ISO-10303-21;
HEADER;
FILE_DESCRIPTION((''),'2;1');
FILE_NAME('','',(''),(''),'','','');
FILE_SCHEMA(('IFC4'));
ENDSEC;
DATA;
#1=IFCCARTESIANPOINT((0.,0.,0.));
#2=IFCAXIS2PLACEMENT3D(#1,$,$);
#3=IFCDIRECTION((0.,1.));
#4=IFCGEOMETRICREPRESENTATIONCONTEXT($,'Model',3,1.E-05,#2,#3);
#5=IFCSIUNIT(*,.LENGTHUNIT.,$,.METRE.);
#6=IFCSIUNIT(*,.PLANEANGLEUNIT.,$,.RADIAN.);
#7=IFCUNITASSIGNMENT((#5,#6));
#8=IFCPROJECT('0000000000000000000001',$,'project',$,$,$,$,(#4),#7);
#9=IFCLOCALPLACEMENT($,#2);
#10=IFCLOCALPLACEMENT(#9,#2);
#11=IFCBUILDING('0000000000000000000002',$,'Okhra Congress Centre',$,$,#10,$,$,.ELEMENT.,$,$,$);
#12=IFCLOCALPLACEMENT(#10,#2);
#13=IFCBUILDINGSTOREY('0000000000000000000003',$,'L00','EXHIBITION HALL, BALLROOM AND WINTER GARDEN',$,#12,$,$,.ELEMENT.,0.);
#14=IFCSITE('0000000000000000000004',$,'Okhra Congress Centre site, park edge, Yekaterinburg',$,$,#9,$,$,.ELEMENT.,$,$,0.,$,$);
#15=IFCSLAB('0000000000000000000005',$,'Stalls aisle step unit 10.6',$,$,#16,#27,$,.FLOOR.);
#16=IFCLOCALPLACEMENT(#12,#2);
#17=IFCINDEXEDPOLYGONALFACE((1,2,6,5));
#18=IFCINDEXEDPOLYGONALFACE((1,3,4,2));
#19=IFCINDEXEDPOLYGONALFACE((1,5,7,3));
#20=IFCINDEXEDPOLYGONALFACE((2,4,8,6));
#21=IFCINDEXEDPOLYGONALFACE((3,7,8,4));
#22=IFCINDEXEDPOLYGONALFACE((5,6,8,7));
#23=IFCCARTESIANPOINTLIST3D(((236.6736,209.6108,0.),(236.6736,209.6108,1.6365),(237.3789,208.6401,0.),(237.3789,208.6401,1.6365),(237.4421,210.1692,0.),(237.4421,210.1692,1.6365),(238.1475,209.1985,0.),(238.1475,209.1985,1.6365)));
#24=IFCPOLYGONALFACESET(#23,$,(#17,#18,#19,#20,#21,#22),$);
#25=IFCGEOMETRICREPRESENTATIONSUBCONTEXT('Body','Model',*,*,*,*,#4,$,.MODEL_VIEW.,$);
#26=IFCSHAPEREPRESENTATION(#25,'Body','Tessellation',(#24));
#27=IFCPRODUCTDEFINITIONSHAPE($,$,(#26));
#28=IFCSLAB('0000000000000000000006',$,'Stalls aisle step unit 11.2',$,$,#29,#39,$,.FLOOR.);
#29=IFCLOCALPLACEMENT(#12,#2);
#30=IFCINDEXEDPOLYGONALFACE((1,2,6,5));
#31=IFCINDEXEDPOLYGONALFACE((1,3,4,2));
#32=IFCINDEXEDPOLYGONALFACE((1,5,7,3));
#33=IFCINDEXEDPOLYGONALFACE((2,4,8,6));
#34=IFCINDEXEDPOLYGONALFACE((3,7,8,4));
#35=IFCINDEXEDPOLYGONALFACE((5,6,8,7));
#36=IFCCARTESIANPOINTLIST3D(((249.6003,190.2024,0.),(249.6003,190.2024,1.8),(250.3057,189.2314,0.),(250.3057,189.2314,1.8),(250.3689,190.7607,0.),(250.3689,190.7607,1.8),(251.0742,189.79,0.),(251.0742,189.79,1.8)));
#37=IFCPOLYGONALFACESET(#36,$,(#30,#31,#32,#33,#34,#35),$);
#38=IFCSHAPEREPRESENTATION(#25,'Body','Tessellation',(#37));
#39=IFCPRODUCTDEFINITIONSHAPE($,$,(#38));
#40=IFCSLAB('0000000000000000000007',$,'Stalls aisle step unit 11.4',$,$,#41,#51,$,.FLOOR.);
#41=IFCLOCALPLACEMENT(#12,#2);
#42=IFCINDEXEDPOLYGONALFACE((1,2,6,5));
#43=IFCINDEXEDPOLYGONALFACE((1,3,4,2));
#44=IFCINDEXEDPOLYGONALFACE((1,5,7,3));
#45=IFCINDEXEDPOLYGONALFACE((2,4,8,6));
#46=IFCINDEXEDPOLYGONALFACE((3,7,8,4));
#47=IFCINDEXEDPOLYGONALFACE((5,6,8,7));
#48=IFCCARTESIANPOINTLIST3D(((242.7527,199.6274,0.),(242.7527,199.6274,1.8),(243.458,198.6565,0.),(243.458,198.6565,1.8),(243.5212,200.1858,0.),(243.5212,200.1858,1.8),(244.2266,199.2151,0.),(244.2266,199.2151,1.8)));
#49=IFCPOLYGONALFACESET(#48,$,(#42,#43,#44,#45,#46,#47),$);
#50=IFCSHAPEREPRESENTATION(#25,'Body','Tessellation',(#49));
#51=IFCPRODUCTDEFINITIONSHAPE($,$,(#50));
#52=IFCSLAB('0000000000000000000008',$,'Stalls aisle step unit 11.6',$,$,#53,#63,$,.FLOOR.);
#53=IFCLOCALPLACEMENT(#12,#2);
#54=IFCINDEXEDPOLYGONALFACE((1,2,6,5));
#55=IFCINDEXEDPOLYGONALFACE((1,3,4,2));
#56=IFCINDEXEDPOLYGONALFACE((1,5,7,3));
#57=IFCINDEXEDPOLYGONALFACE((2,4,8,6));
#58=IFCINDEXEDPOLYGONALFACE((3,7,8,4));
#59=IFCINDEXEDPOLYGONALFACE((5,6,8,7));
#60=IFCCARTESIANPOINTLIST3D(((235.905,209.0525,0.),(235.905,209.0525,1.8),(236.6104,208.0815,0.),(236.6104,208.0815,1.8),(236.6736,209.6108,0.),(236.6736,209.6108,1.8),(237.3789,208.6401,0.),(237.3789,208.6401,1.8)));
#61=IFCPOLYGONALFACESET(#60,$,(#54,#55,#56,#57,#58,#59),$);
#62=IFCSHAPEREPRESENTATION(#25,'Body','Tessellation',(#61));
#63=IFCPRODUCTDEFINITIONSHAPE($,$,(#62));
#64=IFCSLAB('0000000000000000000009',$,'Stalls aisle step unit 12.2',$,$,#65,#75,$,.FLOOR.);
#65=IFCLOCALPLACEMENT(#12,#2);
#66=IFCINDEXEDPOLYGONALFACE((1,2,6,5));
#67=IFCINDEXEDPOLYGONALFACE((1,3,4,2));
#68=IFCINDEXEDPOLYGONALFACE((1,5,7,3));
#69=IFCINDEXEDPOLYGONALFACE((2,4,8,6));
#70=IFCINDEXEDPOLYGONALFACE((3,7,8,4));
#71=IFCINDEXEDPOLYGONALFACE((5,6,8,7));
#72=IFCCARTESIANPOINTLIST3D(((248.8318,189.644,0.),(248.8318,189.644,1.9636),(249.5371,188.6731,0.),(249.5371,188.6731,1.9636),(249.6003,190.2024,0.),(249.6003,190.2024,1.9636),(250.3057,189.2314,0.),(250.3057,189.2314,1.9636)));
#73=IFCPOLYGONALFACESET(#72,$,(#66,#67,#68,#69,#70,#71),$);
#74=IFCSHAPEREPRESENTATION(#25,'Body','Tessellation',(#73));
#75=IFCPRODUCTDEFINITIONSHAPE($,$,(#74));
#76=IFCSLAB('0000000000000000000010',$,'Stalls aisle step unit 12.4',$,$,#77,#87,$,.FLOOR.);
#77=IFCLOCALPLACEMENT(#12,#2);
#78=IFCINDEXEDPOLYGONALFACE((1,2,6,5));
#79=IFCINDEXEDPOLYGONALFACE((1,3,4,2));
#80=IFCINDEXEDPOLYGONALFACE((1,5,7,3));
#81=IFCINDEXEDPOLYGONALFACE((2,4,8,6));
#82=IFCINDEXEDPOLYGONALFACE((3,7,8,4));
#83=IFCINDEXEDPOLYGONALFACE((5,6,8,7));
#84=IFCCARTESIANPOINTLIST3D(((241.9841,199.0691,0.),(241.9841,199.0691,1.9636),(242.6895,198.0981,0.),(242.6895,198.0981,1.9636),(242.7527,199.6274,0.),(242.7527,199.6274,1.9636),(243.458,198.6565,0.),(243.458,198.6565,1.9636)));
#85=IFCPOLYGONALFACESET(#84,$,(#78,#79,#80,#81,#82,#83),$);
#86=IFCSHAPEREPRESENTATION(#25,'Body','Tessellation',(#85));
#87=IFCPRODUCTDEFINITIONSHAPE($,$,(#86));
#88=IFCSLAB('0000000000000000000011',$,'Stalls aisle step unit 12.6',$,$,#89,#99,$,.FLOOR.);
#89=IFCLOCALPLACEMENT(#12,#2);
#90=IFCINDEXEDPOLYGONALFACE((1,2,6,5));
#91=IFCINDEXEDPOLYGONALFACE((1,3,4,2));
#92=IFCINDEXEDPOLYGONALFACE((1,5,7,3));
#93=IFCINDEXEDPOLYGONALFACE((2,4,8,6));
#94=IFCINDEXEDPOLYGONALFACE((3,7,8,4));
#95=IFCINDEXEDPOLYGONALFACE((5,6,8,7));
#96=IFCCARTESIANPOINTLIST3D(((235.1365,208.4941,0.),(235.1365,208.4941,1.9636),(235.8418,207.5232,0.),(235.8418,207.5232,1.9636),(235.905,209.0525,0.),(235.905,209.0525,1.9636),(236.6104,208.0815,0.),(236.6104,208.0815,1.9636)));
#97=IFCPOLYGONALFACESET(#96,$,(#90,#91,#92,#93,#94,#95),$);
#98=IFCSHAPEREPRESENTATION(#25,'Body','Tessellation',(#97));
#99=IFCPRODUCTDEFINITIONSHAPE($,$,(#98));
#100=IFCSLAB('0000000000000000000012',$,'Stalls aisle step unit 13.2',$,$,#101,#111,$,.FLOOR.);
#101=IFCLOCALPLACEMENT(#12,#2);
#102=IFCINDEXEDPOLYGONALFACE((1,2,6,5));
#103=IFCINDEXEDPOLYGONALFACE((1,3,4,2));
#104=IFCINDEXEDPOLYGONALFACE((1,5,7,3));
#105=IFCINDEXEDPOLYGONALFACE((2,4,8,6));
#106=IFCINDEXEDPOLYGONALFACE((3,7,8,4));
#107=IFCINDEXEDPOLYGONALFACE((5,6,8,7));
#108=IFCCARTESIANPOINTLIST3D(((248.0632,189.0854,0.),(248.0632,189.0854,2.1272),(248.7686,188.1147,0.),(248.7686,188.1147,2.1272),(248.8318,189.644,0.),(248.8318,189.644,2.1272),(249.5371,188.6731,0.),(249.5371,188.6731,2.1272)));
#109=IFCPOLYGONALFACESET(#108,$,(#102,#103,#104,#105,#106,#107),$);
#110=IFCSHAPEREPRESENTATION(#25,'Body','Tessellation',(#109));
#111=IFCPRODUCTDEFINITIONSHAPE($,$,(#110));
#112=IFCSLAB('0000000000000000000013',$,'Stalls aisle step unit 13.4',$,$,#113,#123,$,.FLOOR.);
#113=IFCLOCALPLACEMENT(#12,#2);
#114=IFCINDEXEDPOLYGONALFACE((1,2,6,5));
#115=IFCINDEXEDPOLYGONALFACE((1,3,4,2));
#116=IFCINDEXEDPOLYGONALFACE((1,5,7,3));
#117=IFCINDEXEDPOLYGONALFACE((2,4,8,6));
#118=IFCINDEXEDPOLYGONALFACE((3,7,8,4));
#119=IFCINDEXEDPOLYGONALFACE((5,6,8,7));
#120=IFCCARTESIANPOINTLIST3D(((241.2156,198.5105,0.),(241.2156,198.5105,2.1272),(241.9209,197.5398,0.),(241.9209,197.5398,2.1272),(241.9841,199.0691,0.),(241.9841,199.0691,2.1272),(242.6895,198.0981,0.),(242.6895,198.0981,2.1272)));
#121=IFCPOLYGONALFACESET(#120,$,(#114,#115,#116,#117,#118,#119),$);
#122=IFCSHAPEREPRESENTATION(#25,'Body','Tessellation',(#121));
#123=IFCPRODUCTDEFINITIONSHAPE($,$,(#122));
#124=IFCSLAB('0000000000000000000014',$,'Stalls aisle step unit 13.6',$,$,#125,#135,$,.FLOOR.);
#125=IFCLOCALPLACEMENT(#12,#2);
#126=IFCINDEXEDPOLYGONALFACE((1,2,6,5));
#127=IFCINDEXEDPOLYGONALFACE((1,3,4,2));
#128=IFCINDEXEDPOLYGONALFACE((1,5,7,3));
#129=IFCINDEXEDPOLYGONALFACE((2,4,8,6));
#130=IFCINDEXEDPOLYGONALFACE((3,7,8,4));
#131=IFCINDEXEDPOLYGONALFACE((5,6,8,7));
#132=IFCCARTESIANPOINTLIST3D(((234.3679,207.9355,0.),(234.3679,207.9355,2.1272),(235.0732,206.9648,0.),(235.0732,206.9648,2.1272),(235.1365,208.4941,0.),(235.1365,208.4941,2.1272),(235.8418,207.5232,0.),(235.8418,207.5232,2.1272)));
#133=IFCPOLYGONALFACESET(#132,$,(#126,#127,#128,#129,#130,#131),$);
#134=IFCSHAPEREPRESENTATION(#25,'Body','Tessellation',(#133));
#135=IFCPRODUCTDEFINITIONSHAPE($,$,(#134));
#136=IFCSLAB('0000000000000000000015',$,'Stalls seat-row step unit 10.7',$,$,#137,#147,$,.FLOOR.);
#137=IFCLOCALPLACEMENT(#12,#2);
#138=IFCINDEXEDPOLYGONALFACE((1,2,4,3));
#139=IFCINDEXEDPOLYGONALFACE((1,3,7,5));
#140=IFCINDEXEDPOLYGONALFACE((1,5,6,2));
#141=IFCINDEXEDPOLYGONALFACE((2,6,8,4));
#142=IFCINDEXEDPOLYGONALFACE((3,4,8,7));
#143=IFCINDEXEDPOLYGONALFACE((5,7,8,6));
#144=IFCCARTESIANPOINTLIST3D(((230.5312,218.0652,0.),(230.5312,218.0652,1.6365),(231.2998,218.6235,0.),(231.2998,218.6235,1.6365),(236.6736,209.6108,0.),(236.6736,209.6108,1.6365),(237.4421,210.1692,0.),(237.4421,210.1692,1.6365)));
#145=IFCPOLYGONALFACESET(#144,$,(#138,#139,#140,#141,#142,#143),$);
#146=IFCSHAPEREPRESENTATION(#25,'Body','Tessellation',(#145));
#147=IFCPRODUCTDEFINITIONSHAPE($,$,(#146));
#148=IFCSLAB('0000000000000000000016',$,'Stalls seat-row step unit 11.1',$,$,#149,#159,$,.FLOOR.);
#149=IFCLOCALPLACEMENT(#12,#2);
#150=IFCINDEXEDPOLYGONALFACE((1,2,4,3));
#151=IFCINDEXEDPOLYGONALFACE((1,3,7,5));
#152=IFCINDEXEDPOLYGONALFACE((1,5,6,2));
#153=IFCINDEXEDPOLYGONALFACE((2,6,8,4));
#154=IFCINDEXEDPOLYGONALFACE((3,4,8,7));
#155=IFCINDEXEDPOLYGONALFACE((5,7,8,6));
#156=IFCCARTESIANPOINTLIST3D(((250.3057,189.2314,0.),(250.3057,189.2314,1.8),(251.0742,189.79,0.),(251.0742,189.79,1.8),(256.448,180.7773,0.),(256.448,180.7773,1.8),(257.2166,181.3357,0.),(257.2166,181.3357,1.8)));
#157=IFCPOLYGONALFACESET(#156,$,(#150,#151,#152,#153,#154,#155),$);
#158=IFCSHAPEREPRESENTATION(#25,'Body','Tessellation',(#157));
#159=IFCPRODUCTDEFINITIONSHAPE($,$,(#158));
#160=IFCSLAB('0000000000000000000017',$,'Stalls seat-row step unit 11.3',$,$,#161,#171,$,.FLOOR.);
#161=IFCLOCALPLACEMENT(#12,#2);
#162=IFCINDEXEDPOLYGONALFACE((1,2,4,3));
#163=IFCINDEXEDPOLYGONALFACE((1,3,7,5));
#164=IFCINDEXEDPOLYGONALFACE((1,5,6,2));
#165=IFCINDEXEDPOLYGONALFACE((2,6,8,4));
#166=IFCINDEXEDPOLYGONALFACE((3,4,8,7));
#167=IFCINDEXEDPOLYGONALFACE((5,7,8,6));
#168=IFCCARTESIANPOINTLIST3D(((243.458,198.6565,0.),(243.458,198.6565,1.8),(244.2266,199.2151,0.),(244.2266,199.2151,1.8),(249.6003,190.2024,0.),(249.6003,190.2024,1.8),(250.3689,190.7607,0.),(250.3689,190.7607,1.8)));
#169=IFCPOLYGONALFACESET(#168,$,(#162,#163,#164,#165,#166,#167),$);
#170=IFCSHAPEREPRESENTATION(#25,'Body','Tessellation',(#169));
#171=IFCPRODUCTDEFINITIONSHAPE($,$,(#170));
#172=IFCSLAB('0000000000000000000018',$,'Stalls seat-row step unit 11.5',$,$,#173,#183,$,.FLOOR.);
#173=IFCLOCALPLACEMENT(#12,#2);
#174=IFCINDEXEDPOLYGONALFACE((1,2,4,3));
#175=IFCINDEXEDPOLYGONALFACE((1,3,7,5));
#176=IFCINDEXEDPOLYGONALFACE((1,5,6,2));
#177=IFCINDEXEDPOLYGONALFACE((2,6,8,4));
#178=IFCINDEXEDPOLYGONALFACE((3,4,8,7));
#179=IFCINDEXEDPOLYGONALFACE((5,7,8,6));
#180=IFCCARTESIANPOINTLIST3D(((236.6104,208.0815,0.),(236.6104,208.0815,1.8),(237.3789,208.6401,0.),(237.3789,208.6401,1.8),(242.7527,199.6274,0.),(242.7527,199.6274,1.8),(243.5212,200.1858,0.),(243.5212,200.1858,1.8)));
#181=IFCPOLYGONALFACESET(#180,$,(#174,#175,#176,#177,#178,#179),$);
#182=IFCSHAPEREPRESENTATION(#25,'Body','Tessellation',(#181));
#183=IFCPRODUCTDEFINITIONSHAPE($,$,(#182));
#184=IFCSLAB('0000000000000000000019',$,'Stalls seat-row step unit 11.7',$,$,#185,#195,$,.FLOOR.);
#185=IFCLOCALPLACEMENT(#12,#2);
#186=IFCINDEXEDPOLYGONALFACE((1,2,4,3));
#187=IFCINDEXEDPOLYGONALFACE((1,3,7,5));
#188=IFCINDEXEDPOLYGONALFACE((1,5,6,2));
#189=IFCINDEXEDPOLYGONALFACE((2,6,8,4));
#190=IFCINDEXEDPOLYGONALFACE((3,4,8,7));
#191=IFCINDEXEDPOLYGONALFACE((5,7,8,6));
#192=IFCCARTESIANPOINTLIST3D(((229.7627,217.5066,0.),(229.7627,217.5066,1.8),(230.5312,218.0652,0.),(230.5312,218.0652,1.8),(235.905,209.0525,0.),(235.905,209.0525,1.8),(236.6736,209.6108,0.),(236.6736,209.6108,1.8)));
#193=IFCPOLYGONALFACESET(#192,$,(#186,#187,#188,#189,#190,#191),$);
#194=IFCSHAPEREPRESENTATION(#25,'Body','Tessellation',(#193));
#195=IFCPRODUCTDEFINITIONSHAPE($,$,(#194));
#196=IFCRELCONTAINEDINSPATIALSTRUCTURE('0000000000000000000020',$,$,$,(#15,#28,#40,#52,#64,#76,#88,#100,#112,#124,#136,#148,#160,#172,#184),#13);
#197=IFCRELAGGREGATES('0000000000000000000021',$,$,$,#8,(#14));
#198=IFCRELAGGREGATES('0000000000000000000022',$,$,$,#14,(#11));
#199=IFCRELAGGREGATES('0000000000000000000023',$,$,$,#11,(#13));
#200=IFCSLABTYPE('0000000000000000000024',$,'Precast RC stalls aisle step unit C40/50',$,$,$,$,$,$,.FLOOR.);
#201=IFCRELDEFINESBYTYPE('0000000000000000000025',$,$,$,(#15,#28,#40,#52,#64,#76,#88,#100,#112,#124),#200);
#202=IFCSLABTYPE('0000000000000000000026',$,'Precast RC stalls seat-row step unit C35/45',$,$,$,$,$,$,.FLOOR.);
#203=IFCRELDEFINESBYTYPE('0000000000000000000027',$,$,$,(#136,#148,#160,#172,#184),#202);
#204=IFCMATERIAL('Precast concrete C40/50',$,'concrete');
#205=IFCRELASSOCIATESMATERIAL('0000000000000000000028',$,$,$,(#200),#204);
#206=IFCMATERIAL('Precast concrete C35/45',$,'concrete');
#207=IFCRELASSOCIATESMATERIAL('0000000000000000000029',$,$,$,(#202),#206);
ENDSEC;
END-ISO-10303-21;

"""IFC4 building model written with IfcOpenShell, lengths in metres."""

from ifc_helpers import new_model, si_unit, direction, origin, place, context, subcontext, project, spatial, polyline, outline, extrude, material, type_object, element, save


model = new_model("IFC4")

# Units and contexts
model_context = context("Model", 3, precision=1e-05, world=origin(), true_north=direction((0.0, 1.0)))
body_context = subcontext(model_context, "Body", "Model", "MODEL_VIEW")
ifc_project = project(units=[si_unit("LENGTHUNIT", "METRE"), si_unit("PLANEANGLEUNIT", "RADIAN")], contexts=[model_context])

# Site, building, storey
site_placement = place(None, origin())
site = spatial("IfcSite", under=ifc_project, at=site_placement, Name="Okhra Congress Centre site, park edge, Yekaterinburg", CompositionType="ELEMENT", RefElevation=0.0)
building_placement = place(site_placement, origin())
building = spatial("IfcBuilding", under=site, at=building_placement, Name="Okhra Congress Centre", CompositionType="ELEMENT")
storey_placement = place(building_placement, origin())
storey = spatial("IfcBuildingStorey", under=building, at=storey_placement, Name="L00", Description="EXHIBITION HALL, BALLROOM AND WINTER GARDEN", CompositionType="ELEMENT", Elevation=0.0)

# Slabs
ifc_material_1 = material(Name="Precast concrete C40/50", Category="concrete")
slab_type_1 = type_object("IfcSlabType", Name="Precast RC stalls aisle step unit C40/50", PredefinedType="FLOOR", material=ifc_material_1)
slab_1_placement = place(storey_placement, origin())
element("IfcSlab", 1, at=slab_1_placement, inside=storey, type_object=slab_type_1, Name="Stalls aisle step unit 10.6", PredefinedType="FLOOR", context=body_context, shape_type="SweptSolid", body=[
    extrude(outline(polyline([(237.3789, 208.6401), (238.1475, 209.1985), (237.4421, 210.1692), (236.6736, 209.6108), (237.3789, 208.6401)])), origin(), (0.0, 0.0, 1.0), 1.6365),
])
slab_2_placement = place(storey_placement, origin())
element("IfcSlab", 2, at=slab_2_placement, inside=storey, type_object=slab_type_1, Name="Stalls aisle step unit 11.2", PredefinedType="FLOOR", context=body_context, shape_type="SweptSolid", body=[
    extrude(outline(polyline([(250.3057, 189.2314), (251.0742, 189.79), (250.3689, 190.7607), (249.6003, 190.2024), (250.3057, 189.2314)])), origin(), (0.0, 0.0, 1.0), 1.8),
])
slab_3_placement = place(storey_placement, origin())
element("IfcSlab", 3, at=slab_3_placement, inside=storey, type_object=slab_type_1, Name="Stalls aisle step unit 11.4", PredefinedType="FLOOR", context=body_context, shape_type="SweptSolid", body=[
    extrude(outline(polyline([(243.458, 198.6565), (244.2266, 199.2151), (243.5212, 200.1858), (242.7527, 199.6274), (243.458, 198.6565)])), origin(), (0.0, 0.0, 1.0), 1.8),
])
slab_4_placement = place(storey_placement, origin())
element("IfcSlab", 4, at=slab_4_placement, inside=storey, type_object=slab_type_1, Name="Stalls aisle step unit 11.6", PredefinedType="FLOOR", context=body_context, shape_type="SweptSolid", body=[
    extrude(outline(polyline([(236.6104, 208.0815), (237.3789, 208.6401), (236.6736, 209.6108), (235.905, 209.0525), (236.6104, 208.0815)])), origin(), (0.0, 0.0, 1.0), 1.8),
])
slab_5_placement = place(storey_placement, origin())
element("IfcSlab", 5, at=slab_5_placement, inside=storey, type_object=slab_type_1, Name="Stalls aisle step unit 12.2", PredefinedType="FLOOR", context=body_context, shape_type="SweptSolid", body=[
    extrude(outline(polyline([(249.5371, 188.6731), (250.3057, 189.2314), (249.6003, 190.2024), (248.8318, 189.644), (249.5371, 188.6731)])), origin(), (0.0, 0.0, 1.0), 1.9636),
])
slab_6_placement = place(storey_placement, origin())
element("IfcSlab", 6, at=slab_6_placement, inside=storey, type_object=slab_type_1, Name="Stalls aisle step unit 12.4", PredefinedType="FLOOR", context=body_context, shape_type="SweptSolid", body=[
    extrude(outline(polyline([(242.6895, 198.0981), (243.458, 198.6565), (242.7527, 199.6274), (241.9841, 199.0691), (242.6895, 198.0981)])), origin(), (0.0, 0.0, 1.0), 1.9636),
])
slab_7_placement = place(storey_placement, origin())
element("IfcSlab", 7, at=slab_7_placement, inside=storey, type_object=slab_type_1, Name="Stalls aisle step unit 12.6", PredefinedType="FLOOR", context=body_context, shape_type="SweptSolid", body=[
    extrude(outline(polyline([(235.8418, 207.5232), (236.6104, 208.0815), (235.905, 209.0525), (235.1365, 208.4941), (235.8418, 207.5232)])), origin(), (0.0, 0.0, 1.0), 1.9636),
])
slab_8_placement = place(storey_placement, origin())
element("IfcSlab", 8, at=slab_8_placement, inside=storey, type_object=slab_type_1, Name="Stalls aisle step unit 13.2", PredefinedType="FLOOR", context=body_context, shape_type="SweptSolid", body=[
    extrude(outline(polyline([(248.7686, 188.1147), (249.5371, 188.6731), (248.8318, 189.644), (248.0632, 189.0854), (248.7686, 188.1147)])), origin(), (0.0, 0.0, 1.0), 2.1272),
])
slab_9_placement = place(storey_placement, origin())
element("IfcSlab", 9, at=slab_9_placement, inside=storey, type_object=slab_type_1, Name="Stalls aisle step unit 13.4", PredefinedType="FLOOR", context=body_context, shape_type="SweptSolid", body=[
    extrude(outline(polyline([(241.9209, 197.5398), (242.6895, 198.0981), (241.9841, 199.0691), (241.2156, 198.5105), (241.9209, 197.5398)])), origin(), (0.0, 0.0, 1.0), 2.1272),
])
slab_10_placement = place(storey_placement, origin())
element("IfcSlab", 10, at=slab_10_placement, inside=storey, type_object=slab_type_1, Name="Stalls aisle step unit 13.6", PredefinedType="FLOOR", context=body_context, shape_type="SweptSolid", body=[
    extrude(outline(polyline([(235.0732, 206.9648), (235.8418, 207.5232), (235.1365, 208.4941), (234.3679, 207.9355), (235.0732, 206.9648)])), origin(), (0.0, 0.0, 1.0), 2.1272),
])
ifc_material_2 = material(Name="Precast concrete C35/45", Category="concrete")
slab_type_2 = type_object("IfcSlabType", Name="Precast RC stalls seat-row step unit C35/45", PredefinedType="FLOOR", material=ifc_material_2)
slab_11_placement = place(storey_placement, origin())
element("IfcSlab", 11, at=slab_11_placement, inside=storey, type_object=slab_type_2, Name="Stalls seat-row step unit 10.7", PredefinedType="FLOOR", context=body_context, shape_type="SweptSolid", body=[
    extrude(outline(polyline([(236.6736, 209.6108), (237.4421, 210.1692), (231.2998, 218.6235), (230.5312, 218.0652), (236.6736, 209.6108)])), origin(), (0.0, 0.0, 1.0), 1.6365),
])
slab_12_placement = place(storey_placement, origin())
element("IfcSlab", 12, at=slab_12_placement, inside=storey, type_object=slab_type_2, Name="Stalls seat-row step unit 11.1", PredefinedType="FLOOR", context=body_context, shape_type="SweptSolid", body=[
    extrude(outline(polyline([(256.448, 180.7773), (257.2166, 181.3357), (251.0742, 189.79), (250.3057, 189.2314), (256.448, 180.7773)])), origin(), (0.0, 0.0, 1.0), 1.8),
])
slab_13_placement = place(storey_placement, origin())
element("IfcSlab", 13, at=slab_13_placement, inside=storey, type_object=slab_type_2, Name="Stalls seat-row step unit 11.3", PredefinedType="FLOOR", context=body_context, shape_type="SweptSolid", body=[
    extrude(outline(polyline([(249.6003, 190.2024), (250.3689, 190.7607), (244.2266, 199.2151), (243.458, 198.6565), (249.6003, 190.2024)])), origin(), (0.0, 0.0, 1.0), 1.8),
])
slab_14_placement = place(storey_placement, origin())
element("IfcSlab", 14, at=slab_14_placement, inside=storey, type_object=slab_type_2, Name="Stalls seat-row step unit 11.5", PredefinedType="FLOOR", context=body_context, shape_type="SweptSolid", body=[
    extrude(outline(polyline([(242.7527, 199.6274), (243.5212, 200.1858), (237.3789, 208.6401), (236.6104, 208.0815), (242.7527, 199.6274)])), origin(), (0.0, 0.0, 1.0), 1.8),
])
slab_15_placement = place(storey_placement, origin())
element("IfcSlab", 15, at=slab_15_placement, inside=storey, type_object=slab_type_2, Name="Stalls seat-row step unit 11.7", PredefinedType="FLOOR", context=body_context, shape_type="SweptSolid", body=[
    extrude(outline(polyline([(235.905, 209.0525), (236.6736, 209.6108), (230.5312, 218.0652), (229.7627, 217.5066), (235.905, 209.0525)])), origin(), (0.0, 0.0, 1.0), 1.8),
])

save(model, "model.ifc")
